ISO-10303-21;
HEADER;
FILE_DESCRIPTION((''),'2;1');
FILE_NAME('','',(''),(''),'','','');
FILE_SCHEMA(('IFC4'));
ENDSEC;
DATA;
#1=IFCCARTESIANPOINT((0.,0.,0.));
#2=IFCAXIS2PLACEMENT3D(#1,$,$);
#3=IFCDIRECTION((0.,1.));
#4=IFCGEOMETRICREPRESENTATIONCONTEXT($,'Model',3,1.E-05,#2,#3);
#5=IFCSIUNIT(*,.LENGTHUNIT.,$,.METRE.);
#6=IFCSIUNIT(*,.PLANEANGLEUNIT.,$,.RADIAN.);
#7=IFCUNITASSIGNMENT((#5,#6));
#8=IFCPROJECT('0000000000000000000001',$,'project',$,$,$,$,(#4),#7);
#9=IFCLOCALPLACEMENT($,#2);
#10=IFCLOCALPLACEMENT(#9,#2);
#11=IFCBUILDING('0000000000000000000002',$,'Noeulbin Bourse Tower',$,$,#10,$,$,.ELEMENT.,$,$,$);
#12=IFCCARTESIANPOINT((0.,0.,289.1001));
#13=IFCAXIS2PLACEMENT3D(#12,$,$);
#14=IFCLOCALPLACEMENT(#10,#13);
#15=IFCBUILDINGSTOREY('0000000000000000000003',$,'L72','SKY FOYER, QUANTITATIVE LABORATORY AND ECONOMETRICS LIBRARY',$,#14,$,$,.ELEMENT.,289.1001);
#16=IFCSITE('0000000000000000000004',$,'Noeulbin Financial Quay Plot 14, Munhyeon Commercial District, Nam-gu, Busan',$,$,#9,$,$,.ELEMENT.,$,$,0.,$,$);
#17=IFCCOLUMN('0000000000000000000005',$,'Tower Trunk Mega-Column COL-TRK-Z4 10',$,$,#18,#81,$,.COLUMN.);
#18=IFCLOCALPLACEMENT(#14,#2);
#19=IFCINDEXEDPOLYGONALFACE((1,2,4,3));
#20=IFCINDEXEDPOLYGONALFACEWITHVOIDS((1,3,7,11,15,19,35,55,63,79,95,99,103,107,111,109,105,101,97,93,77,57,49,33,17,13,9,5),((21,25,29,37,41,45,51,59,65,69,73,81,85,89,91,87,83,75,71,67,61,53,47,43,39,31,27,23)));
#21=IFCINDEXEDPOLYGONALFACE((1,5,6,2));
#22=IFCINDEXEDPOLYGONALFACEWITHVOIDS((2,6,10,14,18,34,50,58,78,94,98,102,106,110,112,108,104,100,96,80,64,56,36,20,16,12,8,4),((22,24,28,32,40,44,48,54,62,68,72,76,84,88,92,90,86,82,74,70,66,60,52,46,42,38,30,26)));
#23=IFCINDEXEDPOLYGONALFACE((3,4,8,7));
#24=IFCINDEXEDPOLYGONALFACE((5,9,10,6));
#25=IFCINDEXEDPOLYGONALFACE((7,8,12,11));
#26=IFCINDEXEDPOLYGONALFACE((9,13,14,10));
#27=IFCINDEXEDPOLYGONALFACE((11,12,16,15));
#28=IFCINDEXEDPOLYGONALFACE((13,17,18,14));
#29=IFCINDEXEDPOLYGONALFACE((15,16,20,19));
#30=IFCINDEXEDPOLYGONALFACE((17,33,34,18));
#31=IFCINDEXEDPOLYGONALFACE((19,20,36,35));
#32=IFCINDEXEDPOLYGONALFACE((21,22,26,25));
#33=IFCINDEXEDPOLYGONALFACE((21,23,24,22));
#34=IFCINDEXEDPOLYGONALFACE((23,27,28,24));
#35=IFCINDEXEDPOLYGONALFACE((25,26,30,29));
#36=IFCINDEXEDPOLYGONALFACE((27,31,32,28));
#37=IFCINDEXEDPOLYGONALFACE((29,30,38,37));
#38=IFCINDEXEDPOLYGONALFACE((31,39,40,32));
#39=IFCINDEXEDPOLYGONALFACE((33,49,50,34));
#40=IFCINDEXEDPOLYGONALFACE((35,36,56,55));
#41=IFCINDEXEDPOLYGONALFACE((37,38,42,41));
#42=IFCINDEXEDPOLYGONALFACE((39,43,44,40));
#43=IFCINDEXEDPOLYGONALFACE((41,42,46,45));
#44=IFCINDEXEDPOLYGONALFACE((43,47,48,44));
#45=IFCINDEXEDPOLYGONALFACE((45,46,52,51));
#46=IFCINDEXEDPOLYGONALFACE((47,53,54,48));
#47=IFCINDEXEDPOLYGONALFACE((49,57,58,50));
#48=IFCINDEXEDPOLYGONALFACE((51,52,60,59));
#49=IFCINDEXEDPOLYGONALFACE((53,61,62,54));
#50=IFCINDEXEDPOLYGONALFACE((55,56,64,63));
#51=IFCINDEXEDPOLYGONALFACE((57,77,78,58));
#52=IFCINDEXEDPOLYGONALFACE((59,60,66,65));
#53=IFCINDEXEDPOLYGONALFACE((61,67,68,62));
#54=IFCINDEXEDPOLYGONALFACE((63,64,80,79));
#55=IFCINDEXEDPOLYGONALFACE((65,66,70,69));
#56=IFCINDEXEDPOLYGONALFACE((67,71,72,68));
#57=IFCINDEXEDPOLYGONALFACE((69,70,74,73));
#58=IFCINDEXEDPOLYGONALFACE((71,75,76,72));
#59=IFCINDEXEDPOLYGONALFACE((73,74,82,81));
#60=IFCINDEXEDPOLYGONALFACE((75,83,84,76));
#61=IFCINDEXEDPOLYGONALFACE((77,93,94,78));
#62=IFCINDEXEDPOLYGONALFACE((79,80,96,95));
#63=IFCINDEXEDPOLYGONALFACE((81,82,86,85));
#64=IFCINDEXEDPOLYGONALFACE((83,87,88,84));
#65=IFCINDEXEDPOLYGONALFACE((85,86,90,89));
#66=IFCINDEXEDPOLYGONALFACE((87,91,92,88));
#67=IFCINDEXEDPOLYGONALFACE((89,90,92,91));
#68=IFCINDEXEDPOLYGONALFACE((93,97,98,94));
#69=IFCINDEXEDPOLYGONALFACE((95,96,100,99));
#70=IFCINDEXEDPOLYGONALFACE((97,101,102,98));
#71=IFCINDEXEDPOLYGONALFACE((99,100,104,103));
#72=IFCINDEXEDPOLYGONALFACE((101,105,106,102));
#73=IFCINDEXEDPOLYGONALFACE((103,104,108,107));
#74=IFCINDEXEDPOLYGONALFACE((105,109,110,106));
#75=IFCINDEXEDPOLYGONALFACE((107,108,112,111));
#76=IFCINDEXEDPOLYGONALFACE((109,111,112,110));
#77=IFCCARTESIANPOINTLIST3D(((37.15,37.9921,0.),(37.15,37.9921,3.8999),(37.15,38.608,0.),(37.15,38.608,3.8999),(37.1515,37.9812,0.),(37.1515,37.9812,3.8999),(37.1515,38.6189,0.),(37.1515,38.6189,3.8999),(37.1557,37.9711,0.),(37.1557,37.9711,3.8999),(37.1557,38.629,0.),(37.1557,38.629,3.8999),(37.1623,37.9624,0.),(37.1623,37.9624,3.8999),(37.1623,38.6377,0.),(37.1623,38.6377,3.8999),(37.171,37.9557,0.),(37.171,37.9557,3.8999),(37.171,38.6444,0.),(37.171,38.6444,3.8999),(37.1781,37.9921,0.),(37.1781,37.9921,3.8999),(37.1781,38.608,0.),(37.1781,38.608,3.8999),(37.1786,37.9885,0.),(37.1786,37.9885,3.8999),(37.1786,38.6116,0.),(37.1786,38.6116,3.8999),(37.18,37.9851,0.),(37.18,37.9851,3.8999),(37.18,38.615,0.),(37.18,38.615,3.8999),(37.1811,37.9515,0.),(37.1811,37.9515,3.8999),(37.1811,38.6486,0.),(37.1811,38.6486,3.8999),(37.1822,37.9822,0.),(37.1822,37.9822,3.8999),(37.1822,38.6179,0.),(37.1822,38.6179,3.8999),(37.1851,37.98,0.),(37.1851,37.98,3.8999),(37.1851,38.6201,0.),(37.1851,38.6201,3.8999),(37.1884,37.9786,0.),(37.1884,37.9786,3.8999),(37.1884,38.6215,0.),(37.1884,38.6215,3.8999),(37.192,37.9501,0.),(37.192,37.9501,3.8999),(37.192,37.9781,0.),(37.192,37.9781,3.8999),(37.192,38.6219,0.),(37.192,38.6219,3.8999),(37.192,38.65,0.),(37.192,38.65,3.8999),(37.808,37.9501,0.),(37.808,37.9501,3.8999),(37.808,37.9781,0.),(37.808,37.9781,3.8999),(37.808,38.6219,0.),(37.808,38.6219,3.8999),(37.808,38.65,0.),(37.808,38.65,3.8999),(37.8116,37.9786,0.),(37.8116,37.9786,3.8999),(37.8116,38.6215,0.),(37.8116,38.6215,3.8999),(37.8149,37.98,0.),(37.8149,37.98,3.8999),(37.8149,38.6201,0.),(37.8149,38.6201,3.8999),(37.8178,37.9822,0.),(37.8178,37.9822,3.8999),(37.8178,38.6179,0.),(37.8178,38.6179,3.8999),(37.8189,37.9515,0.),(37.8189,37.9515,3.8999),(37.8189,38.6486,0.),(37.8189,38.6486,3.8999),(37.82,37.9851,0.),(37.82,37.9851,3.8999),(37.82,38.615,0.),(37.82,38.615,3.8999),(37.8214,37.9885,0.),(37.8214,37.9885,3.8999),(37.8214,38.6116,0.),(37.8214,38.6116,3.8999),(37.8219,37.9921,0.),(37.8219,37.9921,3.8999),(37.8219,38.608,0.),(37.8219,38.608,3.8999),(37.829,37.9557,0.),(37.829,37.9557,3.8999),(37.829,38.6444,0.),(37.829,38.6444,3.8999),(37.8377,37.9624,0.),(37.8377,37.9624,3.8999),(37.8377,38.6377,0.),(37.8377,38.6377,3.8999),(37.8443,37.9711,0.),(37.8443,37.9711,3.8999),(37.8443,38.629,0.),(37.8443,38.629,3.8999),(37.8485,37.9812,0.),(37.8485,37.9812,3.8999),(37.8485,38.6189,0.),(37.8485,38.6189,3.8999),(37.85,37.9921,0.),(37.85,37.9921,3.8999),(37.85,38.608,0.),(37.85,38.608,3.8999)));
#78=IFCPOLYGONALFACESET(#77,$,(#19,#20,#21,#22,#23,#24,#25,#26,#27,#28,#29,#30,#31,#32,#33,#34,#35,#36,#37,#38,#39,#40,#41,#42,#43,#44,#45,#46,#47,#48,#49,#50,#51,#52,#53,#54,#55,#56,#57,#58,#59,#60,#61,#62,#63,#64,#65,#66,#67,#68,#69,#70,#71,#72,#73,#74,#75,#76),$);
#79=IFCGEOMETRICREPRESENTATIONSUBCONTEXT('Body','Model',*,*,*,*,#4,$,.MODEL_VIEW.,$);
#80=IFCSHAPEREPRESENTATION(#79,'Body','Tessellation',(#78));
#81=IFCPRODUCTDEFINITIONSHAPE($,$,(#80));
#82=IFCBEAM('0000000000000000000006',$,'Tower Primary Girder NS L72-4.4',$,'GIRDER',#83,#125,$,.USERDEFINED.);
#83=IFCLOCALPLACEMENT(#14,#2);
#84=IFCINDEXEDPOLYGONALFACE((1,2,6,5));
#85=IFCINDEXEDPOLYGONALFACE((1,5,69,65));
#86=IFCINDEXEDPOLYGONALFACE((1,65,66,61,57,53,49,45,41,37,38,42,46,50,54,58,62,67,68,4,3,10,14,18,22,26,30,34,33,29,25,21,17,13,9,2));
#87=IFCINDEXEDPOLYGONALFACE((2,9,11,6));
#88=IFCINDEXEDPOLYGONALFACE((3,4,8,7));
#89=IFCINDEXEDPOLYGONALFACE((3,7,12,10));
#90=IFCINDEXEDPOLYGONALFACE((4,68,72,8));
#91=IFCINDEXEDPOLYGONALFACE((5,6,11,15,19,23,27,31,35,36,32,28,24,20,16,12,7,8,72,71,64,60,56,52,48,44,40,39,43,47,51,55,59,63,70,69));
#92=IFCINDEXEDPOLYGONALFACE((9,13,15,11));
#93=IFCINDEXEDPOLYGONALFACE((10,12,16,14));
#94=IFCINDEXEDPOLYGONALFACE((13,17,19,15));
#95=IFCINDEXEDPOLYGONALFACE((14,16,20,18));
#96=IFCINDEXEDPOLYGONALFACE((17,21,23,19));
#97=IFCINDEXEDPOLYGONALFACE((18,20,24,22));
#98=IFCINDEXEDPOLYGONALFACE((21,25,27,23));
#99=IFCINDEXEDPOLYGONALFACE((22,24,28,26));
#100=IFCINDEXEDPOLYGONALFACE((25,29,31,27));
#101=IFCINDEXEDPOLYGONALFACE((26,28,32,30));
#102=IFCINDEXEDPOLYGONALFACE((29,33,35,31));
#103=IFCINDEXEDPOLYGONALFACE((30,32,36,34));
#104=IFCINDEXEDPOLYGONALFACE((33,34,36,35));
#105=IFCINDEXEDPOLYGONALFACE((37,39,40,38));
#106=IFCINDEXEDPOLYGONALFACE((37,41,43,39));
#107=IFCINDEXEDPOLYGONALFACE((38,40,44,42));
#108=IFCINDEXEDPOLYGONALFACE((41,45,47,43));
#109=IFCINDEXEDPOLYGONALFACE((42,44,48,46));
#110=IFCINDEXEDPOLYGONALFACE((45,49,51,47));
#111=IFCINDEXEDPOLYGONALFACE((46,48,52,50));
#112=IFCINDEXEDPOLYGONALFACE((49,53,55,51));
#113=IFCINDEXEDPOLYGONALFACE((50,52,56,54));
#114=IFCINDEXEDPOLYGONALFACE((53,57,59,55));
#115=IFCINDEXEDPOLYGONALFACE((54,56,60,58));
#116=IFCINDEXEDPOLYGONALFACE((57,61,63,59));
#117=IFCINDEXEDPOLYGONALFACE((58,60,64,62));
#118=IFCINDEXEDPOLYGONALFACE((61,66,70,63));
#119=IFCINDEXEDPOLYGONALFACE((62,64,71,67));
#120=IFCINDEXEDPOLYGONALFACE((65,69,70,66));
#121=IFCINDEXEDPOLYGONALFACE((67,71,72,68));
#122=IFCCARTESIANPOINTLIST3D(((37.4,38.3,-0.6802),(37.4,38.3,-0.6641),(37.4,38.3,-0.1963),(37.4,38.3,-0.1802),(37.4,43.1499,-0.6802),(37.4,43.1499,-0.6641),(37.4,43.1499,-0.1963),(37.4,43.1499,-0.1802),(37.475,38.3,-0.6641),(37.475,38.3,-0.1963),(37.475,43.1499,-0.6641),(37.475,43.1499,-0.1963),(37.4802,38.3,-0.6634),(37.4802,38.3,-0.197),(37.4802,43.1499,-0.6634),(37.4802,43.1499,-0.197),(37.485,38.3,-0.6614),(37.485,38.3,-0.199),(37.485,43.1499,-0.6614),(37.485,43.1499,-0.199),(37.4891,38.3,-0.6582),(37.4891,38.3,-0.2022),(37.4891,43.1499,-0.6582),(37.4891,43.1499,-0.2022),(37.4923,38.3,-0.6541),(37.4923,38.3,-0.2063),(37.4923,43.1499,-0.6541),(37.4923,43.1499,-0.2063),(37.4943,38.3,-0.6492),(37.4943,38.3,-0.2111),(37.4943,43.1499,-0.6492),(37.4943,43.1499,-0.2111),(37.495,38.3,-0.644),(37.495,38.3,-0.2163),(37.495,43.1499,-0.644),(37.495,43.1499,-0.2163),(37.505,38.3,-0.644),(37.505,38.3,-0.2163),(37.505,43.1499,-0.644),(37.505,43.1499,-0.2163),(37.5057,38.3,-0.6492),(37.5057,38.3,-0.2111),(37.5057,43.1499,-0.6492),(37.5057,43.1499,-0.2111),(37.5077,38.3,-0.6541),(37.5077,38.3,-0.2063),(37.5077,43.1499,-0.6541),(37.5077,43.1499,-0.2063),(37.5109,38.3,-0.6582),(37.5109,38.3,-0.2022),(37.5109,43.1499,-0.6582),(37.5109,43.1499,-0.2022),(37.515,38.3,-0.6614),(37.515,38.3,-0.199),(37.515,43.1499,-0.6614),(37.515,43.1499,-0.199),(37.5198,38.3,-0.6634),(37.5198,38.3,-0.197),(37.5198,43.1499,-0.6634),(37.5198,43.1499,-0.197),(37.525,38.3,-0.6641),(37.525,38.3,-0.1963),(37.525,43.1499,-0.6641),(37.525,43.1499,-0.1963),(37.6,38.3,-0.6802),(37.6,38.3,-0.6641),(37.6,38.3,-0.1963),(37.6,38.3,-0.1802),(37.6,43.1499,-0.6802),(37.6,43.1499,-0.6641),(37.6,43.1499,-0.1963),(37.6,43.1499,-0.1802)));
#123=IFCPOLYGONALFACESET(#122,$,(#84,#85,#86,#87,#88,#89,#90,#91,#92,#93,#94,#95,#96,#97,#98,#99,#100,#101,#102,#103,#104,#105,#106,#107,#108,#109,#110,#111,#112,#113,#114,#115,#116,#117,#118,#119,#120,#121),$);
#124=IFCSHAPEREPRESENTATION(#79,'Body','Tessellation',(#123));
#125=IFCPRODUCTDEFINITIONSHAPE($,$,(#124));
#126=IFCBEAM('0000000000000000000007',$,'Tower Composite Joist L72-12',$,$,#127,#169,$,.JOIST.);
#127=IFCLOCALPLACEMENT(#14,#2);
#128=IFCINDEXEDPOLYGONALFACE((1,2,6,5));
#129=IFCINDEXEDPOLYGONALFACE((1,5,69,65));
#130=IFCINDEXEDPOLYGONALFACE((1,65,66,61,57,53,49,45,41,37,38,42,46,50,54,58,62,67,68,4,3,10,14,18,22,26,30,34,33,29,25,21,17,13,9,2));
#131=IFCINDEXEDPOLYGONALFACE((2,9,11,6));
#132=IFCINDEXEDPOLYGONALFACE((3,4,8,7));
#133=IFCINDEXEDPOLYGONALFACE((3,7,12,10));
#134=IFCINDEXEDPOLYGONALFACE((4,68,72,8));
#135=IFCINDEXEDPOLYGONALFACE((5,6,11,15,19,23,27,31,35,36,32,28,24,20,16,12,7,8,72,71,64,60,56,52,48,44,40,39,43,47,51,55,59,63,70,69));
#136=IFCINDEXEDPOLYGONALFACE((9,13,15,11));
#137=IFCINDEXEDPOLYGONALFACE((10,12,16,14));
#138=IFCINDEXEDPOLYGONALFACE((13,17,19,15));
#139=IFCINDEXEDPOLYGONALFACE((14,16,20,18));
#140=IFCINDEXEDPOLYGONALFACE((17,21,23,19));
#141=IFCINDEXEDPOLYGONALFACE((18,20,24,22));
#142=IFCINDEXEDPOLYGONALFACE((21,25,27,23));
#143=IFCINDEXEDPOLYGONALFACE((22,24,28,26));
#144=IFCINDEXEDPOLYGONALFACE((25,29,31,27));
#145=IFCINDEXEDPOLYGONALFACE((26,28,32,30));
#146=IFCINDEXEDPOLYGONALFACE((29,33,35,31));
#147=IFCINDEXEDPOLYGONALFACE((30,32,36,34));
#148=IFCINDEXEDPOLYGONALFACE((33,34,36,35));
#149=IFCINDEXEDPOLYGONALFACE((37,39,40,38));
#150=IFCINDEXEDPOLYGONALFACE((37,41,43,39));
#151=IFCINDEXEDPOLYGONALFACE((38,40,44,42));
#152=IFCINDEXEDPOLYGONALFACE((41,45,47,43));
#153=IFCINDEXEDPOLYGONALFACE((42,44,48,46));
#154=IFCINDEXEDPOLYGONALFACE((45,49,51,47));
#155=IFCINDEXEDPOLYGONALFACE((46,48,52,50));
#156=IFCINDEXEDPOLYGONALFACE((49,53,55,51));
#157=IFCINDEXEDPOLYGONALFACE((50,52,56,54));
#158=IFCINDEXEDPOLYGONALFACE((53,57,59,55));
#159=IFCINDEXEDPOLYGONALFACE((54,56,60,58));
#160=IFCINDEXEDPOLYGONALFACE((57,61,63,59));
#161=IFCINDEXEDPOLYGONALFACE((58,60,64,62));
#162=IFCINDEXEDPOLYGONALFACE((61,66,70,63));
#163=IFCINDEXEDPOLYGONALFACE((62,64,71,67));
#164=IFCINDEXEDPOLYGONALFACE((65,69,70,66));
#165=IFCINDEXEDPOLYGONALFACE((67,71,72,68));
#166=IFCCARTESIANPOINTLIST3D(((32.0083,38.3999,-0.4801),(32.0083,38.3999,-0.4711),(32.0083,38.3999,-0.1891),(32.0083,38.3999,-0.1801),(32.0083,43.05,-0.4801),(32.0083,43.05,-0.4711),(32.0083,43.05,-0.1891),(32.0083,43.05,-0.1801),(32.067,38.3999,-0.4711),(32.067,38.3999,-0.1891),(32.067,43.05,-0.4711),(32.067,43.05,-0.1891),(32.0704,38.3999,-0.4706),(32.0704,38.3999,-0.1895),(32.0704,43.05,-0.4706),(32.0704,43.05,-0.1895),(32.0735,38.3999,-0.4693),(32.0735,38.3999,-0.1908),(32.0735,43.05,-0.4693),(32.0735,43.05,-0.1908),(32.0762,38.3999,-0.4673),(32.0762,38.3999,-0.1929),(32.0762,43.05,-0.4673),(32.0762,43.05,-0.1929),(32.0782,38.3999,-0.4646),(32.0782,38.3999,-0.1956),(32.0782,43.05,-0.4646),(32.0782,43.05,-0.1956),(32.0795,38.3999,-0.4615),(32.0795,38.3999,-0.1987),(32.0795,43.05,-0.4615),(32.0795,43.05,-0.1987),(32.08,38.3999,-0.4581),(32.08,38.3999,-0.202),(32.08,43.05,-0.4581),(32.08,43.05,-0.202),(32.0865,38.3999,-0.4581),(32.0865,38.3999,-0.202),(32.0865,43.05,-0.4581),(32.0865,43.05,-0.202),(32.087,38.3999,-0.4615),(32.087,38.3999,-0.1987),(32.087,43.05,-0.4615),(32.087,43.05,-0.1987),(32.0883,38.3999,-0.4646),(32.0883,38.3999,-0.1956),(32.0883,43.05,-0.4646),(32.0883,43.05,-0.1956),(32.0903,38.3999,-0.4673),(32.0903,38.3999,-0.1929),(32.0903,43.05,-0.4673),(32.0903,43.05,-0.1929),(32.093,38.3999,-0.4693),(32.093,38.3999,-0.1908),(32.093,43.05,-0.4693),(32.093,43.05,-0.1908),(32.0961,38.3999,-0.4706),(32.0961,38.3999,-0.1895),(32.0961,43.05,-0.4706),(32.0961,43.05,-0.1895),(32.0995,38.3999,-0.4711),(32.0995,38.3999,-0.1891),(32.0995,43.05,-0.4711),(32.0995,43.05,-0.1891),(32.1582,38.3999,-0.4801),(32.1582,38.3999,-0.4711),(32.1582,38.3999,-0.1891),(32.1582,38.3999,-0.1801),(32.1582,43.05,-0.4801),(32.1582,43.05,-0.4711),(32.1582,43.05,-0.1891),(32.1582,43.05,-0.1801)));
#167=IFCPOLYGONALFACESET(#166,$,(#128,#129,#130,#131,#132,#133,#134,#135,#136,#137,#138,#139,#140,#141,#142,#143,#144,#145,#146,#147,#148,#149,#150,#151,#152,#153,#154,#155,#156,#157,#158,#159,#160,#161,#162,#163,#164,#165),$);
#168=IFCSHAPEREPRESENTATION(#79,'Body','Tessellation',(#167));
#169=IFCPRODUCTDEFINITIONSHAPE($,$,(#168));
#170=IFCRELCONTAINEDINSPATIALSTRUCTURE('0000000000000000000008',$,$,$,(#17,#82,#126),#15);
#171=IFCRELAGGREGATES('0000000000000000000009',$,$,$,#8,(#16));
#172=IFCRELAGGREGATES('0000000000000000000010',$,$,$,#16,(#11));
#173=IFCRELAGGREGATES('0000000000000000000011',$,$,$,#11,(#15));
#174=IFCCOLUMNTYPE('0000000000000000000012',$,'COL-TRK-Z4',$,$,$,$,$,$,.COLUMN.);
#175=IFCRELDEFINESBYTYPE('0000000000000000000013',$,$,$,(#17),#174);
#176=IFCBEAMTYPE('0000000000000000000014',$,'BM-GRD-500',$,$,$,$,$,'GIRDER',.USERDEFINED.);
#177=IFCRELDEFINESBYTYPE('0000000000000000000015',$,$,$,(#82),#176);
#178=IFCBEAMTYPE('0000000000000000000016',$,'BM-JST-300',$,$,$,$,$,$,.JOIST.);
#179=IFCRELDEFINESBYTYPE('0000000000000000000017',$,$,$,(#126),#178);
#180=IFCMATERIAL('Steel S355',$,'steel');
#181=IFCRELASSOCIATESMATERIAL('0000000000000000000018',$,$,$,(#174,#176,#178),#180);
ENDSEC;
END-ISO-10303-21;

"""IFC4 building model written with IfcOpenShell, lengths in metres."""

from ifc_helpers import new_model, si_unit, direction, frame, origin, origin_2d, place, context, subcontext, project, spatial, hollow_rectangle, i_section, extrude, material, material_profile, profile_set, type_object, element, save


model = new_model("IFC4")

# Units and contexts
model_context = context("Model", 3, precision=1e-05, world=origin(), true_north=direction((0.0, 1.0)))
body_context = subcontext(model_context, "Body", "Model", "MODEL_VIEW")
ifc_project = project(units=[si_unit("LENGTHUNIT", "METRE"), si_unit("PLANEANGLEUNIT", "RADIAN")], contexts=[model_context])

# Site, building, storey
site_placement = place(None, origin())
site = spatial("IfcSite", under=ifc_project, at=site_placement, Name="Noeulbin Financial Quay Plot 14, Munhyeon Commercial District, Nam-gu, Busan", CompositionType="ELEMENT", RefElevation=0.0)
building_placement = place(site_placement, origin())
building = spatial("IfcBuilding", under=site, at=building_placement, Name="Noeulbin Bourse Tower", CompositionType="ELEMENT")
storey_placement = place(building_placement, frame((0.0, 0.0, 289.1001)))
storey = spatial("IfcBuildingStorey", under=building, at=storey_placement, Name="L72", Description="SKY FOYER, QUANTITATIVE LABORATORY AND ECONOMETRICS LIBRARY", CompositionType="ELEMENT", Elevation=289.1001)

# Column
ifc_material_1 = material(Name="Steel S355", Category="steel")
ifc_material_profile_1 = material_profile(ifc_material_1, hollow_rectangle(XDim=0.7, YDim=0.7, WallThickness=0.0281, InnerFilletRadius=0.0139, OuterFilletRadius=0.042, at=origin_2d()), Name="BOX-700x700x28", Category="LoadBearing")
ifc_profile_set_1 = profile_set([ifc_material_profile_1], Name="Steel S355")
column_type = type_object("IfcColumnType", Name="COL-TRK-Z4", PredefinedType="COLUMN", material=ifc_profile_set_1)
column_placement = place(storey_placement, frame((37.5, 38.3, 0.0), z_axis=(0.0, 0.0, 1.0), x_axis=(1.0, 0.0, 0.0)))
element("IfcColumn", 1, at=column_placement, inside=storey, type_object=column_type, Name="Tower Trunk Mega-Column COL-TRK-Z4 10", PredefinedType="COLUMN", context=body_context, shape_type="SweptSolid", body=[
    extrude(hollow_rectangle(XDim=0.7, YDim=0.7, WallThickness=0.0281, InnerFilletRadius=0.0139, OuterFilletRadius=0.042, at=origin_2d()), origin(), (0.0, 0.0, 1.0), 3.8999),
])

# Beams
ifc_material_profile_2 = material_profile(ifc_material_1, i_section(OverallWidth=0.2, OverallDepth=0.5, WebThickness=0.01, FlangeThickness=0.0161, FilletRadius=0.02, at=origin_2d()), Name="H-500x200x10x16", Category="LoadBearing")
ifc_profile_set_2 = profile_set([ifc_material_profile_2], Name="Steel S355")
beam_type_1 = type_object("IfcBeamType", Name="BM-GRD-500", ElementType="GIRDER", PredefinedType="USERDEFINED", material=ifc_profile_set_2)
beam_1_placement = place(storey_placement, frame((37.5, 38.3, -0.4302), z_axis=(0.0, 1.0, 0.0), x_axis=(-1.0, 0.0, 0.0)))
element("IfcBeam", 2, at=beam_1_placement, inside=storey, type_object=beam_type_1, Name="Tower Primary Girder NS L72-4.4", ObjectType="GIRDER", PredefinedType="USERDEFINED", context=body_context, shape_type="SweptSolid", body=[
    extrude(i_section(OverallWidth=0.2, OverallDepth=0.5, WebThickness=0.01, FlangeThickness=0.0161, FilletRadius=0.02, at=origin_2d()), origin(), (0.0, 0.0, 1.0), 4.8499),
])
ifc_material_profile_3 = material_profile(ifc_material_1, i_section(OverallWidth=0.1499, OverallDepth=0.3, WebThickness=0.0066, FlangeThickness=0.009, FilletRadius=0.0129, at=origin_2d()), Name="H-300x150x6.5x9", Category="LoadBearing")
ifc_profile_set_3 = profile_set([ifc_material_profile_3], Name="Steel S355")
beam_type_2 = type_object("IfcBeamType", Name="BM-JST-300", PredefinedType="JOIST", material=ifc_profile_set_3)
beam_2_placement = place(storey_placement, frame((32.0833, 38.3999, -0.3301), z_axis=(0.0, 1.0, 0.0), x_axis=(-1.0, 0.0, 0.0)))
element("IfcBeam", 3, at=beam_2_placement, inside=storey, type_object=beam_type_2, Name="Tower Composite Joist L72-12", PredefinedType="JOIST", context=body_context, shape_type="SweptSolid", body=[
    extrude(i_section(OverallWidth=0.1499, OverallDepth=0.3, WebThickness=0.0066, FlangeThickness=0.009, FilletRadius=0.0129, at=origin_2d()), origin(), (0.0, 0.0, 1.0), 4.6501),
])

save(model, "model.ifc")
